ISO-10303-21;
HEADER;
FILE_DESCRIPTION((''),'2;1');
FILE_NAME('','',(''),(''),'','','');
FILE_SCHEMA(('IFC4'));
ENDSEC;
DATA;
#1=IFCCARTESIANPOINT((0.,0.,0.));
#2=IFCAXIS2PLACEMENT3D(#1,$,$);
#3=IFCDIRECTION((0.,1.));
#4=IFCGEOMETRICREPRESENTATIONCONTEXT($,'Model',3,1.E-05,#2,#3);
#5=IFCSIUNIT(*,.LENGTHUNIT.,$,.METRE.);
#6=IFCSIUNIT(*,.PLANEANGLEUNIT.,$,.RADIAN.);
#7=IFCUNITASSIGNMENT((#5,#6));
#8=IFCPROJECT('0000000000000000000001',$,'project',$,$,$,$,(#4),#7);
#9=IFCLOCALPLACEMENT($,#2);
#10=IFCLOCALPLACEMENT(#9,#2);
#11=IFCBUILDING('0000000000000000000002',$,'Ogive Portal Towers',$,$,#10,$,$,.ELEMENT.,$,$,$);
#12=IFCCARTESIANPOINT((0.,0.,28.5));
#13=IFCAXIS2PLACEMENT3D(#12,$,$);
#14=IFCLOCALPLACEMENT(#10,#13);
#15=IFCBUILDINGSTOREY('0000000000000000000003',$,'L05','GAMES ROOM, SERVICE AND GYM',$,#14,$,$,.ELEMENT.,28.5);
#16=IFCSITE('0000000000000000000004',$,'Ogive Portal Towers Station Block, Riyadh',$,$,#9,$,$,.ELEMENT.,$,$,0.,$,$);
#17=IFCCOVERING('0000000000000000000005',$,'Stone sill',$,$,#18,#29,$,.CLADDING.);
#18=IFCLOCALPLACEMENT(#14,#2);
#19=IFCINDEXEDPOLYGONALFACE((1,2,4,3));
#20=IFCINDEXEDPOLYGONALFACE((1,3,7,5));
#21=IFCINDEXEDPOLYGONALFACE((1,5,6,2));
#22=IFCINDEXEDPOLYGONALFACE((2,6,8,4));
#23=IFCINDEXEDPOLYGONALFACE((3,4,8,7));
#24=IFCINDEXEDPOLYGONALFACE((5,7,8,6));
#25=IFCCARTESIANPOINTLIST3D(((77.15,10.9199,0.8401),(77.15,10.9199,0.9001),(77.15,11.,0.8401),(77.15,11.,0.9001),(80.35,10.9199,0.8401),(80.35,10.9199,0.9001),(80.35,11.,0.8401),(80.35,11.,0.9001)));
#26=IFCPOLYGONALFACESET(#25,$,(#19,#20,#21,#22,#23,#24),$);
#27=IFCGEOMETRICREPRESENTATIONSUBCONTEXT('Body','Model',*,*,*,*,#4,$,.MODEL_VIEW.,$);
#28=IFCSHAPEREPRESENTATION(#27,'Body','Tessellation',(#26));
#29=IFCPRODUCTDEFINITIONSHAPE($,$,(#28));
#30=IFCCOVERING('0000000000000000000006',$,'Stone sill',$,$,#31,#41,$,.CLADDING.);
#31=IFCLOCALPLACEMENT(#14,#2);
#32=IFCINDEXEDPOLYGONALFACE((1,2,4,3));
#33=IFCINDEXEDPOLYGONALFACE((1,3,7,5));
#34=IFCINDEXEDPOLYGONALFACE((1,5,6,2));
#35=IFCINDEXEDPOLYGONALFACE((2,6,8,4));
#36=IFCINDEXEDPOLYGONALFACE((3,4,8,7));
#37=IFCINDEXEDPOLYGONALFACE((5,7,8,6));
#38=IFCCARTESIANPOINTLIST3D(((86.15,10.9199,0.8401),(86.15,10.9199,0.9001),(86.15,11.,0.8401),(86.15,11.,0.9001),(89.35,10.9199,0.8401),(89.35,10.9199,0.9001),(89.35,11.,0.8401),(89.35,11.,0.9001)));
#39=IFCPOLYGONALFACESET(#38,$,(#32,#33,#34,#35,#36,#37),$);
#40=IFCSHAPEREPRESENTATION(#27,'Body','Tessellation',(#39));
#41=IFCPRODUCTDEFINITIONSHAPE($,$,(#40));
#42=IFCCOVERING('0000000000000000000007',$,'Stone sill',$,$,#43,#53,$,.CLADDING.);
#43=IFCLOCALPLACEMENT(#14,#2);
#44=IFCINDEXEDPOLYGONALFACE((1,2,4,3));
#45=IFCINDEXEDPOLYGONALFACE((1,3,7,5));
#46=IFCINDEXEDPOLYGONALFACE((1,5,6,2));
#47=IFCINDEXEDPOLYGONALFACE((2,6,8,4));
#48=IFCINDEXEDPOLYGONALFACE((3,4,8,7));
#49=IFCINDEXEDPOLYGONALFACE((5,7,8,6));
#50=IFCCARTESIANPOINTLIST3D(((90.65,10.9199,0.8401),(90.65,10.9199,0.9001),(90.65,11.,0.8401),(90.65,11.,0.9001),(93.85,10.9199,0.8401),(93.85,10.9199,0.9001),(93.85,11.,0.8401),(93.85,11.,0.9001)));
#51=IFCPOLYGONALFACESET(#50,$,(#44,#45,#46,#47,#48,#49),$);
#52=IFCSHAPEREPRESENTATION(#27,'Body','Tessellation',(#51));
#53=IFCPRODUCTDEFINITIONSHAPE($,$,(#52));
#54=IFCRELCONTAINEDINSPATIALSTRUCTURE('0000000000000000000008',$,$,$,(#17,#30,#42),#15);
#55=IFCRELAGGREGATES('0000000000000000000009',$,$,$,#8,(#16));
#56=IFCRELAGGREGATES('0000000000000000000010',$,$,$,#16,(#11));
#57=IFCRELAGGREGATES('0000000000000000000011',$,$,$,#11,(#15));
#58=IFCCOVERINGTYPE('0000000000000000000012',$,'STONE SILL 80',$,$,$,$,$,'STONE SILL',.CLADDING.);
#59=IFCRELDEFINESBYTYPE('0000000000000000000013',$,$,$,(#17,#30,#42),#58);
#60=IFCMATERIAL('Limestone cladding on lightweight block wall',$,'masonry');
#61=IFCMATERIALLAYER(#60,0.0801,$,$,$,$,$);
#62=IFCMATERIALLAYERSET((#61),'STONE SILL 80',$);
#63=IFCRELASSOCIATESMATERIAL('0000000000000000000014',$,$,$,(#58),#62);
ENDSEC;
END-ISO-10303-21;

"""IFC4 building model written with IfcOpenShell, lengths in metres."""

from ifc_helpers import new_model, si_unit, direction, frame, origin, origin_2d, place, context, subcontext, project, spatial, rectangle, extrude, material, layer, layer_set, type_object, element, save


model = new_model("IFC4")

# Units and contexts
model_context = context("Model", 3, precision=1e-05, world=origin(), true_north=direction((0.0, 1.0)))
body_context = subcontext(model_context, "Body", "Model", "MODEL_VIEW")
ifc_project = project(units=[si_unit("LENGTHUNIT", "METRE"), si_unit("PLANEANGLEUNIT", "RADIAN")], contexts=[model_context])

# Site, building, storey
site_placement = place(None, origin())
site = spatial("IfcSite", under=ifc_project, at=site_placement, Name="Ogive Portal Towers Station Block, Riyadh", CompositionType="ELEMENT", RefElevation=0.0)
building_placement = place(site_placement, origin())
building = spatial("IfcBuilding", under=site, at=building_placement, Name="Ogive Portal Towers", CompositionType="ELEMENT")
storey_placement = place(building_placement, frame((0.0, 0.0, 28.5)))
storey = spatial("IfcBuildingStorey", under=building, at=storey_placement, Name="L05", Description="GAMES ROOM, SERVICE AND GYM", CompositionType="ELEMENT", Elevation=28.5)

# Coverings
ifc_material_1 = material(Name="Limestone cladding on lightweight block wall", Category="masonry")
ifc_layer_1 = layer(ifc_material_1, 0.0801)
ifc_layer_set_1 = layer_set([ifc_layer_1], Name="STONE SILL 80")
covering_type = type_object("IfcCoveringType", Name="STONE SILL 80", ElementType="STONE SILL", PredefinedType="CLADDING", material=ifc_layer_set_1)
for number, where, z_axis, x_axis, name in (
    (1, (78.75, 10.96, 0.8401), (0.0, 0.0, 1.0), (1.0, 0.0, 0.0), "Stone sill"),
    (2, (87.75, 10.96, 0.8401), (0.0, 0.0, 1.0), (1.0, 0.0, 0.0), "Stone sill"),
    (3, (92.25, 10.96, 0.8401), (0.0, 0.0, 1.0), (1.0, 0.0, 0.0), "Stone sill"),
):
    element("IfcCovering", number, at=place(storey_placement, frame(where, z_axis=z_axis, x_axis=x_axis)), inside=storey, type_object=covering_type, Name=name, PredefinedType="CLADDING", context=body_context, shape_type="SweptSolid", body=[
        extrude(rectangle(XDim=3.2, YDim=0.0801, at=origin_2d()), origin(), (0.0, 0.0, 1.0), 0.0601),
    ])

save(model, "model.ifc")
